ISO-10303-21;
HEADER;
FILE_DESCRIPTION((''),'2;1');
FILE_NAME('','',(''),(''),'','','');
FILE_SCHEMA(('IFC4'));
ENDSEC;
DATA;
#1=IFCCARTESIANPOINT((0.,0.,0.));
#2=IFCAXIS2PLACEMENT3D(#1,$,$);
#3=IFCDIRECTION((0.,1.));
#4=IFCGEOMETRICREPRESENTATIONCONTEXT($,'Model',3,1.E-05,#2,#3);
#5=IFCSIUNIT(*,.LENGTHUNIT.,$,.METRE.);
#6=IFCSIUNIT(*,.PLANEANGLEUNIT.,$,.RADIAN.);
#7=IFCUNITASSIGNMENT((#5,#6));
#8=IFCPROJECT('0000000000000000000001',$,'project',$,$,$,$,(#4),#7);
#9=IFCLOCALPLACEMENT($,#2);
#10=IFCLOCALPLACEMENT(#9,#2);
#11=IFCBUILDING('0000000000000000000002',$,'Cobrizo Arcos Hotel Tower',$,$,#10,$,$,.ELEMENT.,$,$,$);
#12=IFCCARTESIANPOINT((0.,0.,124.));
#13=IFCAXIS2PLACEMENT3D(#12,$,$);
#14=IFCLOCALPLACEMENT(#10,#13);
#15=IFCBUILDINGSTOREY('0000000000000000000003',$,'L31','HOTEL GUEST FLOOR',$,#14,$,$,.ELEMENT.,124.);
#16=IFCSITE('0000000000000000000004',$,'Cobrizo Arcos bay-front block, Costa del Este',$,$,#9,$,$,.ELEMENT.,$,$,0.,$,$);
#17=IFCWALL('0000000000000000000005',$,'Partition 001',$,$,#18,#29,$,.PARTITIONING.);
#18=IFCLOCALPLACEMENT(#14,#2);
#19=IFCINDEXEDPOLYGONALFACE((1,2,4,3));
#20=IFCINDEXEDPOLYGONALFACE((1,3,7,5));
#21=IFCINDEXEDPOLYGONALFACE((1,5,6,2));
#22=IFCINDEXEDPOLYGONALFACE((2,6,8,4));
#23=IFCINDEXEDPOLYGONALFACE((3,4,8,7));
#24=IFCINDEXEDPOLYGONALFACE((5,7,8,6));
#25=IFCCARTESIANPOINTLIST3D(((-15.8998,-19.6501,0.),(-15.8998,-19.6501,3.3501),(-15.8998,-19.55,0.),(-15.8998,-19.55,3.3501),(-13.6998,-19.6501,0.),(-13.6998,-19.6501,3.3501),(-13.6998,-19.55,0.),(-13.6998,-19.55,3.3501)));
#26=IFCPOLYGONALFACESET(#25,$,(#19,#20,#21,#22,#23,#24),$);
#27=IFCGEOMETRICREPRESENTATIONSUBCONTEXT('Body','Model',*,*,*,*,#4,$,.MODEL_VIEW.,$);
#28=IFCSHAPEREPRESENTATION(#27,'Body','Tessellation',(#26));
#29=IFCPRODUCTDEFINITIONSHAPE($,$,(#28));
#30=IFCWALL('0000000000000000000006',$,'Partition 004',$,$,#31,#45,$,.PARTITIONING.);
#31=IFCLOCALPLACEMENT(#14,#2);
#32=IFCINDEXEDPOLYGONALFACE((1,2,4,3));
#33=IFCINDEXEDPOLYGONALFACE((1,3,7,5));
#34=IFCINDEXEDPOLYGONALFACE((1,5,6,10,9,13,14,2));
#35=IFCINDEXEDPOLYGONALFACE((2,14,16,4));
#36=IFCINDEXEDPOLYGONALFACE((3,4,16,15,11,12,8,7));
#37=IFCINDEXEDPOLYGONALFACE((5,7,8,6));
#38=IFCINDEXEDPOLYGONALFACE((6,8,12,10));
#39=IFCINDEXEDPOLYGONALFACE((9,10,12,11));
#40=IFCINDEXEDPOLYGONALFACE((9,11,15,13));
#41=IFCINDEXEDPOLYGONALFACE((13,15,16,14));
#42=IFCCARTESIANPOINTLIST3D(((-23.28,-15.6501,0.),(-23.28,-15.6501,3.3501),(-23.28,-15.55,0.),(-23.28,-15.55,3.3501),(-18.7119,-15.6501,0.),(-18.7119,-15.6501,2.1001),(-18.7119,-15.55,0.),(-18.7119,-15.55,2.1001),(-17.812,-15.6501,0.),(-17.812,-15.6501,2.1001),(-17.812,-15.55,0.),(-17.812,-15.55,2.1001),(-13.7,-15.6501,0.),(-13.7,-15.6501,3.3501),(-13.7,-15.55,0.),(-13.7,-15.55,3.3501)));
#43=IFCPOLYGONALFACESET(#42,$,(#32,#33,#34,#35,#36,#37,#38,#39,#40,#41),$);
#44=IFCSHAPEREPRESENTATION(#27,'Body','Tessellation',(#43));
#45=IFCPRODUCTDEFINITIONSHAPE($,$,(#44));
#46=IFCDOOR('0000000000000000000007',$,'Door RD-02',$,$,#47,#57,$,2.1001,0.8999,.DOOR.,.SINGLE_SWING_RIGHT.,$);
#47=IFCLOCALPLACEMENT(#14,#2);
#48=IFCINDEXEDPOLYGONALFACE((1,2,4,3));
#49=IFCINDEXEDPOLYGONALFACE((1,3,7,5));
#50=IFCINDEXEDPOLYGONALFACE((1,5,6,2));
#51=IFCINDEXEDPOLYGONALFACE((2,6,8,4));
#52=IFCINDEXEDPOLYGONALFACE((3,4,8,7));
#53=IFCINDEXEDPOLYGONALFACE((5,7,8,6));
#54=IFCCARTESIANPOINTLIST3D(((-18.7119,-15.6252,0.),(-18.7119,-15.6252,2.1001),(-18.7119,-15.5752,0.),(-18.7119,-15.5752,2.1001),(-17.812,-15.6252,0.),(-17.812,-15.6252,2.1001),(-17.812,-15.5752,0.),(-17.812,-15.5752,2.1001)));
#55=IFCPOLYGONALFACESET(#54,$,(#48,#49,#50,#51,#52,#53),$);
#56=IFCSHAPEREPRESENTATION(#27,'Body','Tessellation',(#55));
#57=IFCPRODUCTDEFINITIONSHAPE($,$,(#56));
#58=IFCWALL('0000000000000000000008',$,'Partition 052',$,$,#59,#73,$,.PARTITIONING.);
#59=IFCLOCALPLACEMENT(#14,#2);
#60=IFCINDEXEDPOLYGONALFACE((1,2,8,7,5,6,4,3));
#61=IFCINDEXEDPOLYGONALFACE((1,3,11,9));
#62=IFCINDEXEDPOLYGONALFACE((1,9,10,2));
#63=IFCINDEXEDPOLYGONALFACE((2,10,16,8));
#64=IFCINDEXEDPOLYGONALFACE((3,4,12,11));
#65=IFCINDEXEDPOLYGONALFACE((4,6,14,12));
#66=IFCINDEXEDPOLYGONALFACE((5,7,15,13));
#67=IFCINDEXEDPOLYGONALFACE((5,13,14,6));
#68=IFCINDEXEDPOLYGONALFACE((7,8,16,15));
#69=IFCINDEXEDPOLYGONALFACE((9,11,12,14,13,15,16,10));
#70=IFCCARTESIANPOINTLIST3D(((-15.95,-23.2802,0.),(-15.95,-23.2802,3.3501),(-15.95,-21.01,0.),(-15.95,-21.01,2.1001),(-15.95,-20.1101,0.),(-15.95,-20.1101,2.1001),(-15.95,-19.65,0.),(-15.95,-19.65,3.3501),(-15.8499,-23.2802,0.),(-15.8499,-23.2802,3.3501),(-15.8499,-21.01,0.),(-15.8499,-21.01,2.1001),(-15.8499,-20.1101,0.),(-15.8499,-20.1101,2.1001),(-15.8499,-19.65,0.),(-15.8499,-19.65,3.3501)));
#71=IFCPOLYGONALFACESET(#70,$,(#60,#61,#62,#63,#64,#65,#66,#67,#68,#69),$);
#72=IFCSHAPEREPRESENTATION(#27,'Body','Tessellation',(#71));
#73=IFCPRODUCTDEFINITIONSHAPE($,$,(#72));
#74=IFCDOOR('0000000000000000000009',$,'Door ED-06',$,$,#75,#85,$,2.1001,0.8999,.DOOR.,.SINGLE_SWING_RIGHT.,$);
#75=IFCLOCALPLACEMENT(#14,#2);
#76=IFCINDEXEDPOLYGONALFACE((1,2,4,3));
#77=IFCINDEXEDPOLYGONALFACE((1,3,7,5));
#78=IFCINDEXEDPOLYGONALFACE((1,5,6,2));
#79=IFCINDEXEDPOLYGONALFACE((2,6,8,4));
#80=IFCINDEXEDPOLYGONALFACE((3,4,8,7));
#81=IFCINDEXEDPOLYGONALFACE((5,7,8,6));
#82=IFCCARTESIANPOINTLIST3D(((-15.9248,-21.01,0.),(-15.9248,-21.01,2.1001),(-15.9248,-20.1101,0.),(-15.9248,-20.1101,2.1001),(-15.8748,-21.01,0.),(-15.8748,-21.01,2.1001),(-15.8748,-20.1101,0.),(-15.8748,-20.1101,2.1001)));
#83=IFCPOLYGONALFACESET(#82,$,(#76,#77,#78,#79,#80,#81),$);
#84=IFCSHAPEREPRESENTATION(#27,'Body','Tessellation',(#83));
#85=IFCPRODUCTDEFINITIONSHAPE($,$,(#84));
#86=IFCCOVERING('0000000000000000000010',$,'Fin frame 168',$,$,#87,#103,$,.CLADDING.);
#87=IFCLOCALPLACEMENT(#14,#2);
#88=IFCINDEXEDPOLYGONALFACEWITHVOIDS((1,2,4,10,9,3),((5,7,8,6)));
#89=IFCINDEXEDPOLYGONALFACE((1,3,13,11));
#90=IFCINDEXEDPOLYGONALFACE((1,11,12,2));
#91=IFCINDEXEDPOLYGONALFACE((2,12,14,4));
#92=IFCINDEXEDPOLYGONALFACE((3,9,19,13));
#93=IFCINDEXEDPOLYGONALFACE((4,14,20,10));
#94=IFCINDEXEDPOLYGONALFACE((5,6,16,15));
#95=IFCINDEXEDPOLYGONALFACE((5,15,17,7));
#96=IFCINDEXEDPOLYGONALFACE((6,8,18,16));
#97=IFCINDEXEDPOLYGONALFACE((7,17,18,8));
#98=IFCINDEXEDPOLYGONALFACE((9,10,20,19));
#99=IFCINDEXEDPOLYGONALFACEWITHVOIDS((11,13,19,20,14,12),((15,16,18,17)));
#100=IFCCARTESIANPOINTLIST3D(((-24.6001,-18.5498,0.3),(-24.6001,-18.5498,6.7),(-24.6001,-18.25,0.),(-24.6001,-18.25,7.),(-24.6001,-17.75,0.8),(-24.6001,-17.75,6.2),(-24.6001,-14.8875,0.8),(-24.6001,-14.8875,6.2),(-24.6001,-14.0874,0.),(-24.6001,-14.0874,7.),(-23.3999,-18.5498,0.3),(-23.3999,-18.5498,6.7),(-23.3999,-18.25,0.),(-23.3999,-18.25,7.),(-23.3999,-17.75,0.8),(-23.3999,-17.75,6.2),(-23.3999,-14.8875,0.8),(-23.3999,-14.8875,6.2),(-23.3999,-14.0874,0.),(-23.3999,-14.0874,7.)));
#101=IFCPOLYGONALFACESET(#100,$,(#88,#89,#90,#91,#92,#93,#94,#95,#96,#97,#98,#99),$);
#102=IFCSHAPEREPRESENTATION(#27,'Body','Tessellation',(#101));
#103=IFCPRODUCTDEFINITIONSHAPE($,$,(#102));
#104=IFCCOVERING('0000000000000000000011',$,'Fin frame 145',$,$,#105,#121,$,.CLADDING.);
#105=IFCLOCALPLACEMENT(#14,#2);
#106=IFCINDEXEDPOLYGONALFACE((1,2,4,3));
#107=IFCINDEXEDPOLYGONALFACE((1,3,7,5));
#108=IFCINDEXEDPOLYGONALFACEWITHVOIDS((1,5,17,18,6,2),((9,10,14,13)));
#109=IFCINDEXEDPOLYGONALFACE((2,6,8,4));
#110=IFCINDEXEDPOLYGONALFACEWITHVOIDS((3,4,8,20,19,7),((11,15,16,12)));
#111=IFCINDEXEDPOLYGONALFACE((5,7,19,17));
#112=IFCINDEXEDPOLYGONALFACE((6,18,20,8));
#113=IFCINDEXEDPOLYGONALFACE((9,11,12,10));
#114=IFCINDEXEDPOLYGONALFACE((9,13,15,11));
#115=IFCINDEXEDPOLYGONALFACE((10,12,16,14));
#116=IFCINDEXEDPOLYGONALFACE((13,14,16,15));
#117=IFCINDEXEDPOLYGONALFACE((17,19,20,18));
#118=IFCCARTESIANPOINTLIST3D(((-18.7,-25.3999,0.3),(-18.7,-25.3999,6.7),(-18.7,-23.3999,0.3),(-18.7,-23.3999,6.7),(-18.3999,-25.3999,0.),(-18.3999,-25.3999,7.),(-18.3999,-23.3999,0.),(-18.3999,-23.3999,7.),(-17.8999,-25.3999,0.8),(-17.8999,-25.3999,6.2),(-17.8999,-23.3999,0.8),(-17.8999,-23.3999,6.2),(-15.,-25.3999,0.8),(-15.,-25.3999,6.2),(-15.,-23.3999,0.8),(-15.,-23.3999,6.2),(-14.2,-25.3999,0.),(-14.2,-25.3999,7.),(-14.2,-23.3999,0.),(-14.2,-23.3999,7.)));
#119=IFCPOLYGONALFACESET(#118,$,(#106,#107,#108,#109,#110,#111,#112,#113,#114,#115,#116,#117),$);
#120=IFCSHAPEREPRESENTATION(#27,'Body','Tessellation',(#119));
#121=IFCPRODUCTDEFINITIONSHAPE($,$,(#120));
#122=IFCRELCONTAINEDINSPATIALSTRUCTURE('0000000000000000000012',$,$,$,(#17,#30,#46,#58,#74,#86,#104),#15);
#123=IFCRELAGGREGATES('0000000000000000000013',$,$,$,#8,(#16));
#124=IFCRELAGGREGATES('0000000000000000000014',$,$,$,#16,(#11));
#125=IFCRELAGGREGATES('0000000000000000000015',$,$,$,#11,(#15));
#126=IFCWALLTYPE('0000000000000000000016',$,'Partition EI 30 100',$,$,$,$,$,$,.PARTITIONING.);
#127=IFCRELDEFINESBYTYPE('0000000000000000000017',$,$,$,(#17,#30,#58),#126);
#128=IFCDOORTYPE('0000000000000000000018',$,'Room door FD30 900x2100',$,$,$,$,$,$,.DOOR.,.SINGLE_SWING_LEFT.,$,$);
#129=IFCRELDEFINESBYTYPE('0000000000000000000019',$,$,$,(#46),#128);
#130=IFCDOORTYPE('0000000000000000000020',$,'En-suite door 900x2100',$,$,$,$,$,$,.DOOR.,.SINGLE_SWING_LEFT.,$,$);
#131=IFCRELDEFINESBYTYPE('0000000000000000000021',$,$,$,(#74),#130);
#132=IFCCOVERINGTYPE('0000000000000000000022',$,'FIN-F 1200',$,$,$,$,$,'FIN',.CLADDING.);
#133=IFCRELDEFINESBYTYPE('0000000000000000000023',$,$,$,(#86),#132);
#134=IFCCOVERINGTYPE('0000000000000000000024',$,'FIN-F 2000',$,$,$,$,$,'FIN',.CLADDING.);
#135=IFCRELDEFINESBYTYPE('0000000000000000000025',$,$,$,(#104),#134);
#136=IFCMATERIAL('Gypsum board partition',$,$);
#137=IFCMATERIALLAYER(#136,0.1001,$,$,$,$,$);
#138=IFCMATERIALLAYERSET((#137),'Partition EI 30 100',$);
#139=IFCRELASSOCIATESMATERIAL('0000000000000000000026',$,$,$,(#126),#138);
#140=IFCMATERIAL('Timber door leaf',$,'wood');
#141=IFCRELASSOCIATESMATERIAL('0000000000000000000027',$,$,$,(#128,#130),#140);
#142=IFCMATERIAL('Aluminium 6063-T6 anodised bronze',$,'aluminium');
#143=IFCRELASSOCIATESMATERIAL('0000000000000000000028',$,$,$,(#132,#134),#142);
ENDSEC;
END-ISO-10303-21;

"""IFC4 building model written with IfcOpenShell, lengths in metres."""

from ifc_helpers import new_model, si_unit, direction, frame, frame_2d, origin, place, context, subcontext, project, spatial, polyline, rectangle, outline, extrude, material, layer, layer_set, type_object, element, fill, save


model = new_model("IFC4")

# Units and contexts
model_context = context("Model", 3, precision=1e-05, world=origin(), true_north=direction((0.0, 1.0)))
body_context = subcontext(model_context, "Body", "Model", "MODEL_VIEW")
ifc_project = project(units=[si_unit("LENGTHUNIT", "METRE"), si_unit("PLANEANGLEUNIT", "RADIAN")], contexts=[model_context])

# Site, building, storey
site_placement = place(None, origin())
site = spatial("IfcSite", under=ifc_project, at=site_placement, Name="Cobrizo Arcos bay-front block, Costa del Este", CompositionType="ELEMENT", RefElevation=0.0)
building_placement = place(site_placement, origin())
building = spatial("IfcBuilding", under=site, at=building_placement, Name="Cobrizo Arcos Hotel Tower", CompositionType="ELEMENT")
storey_placement = place(building_placement, frame((0.0, 0.0, 124.0)))
storey = spatial("IfcBuildingStorey", under=building, at=storey_placement, Name="L31", Description="HOTEL GUEST FLOOR", CompositionType="ELEMENT", Elevation=124.0)

# Shared definitions
ifc_material_1 = material(Name="Aluminium 6063-T6 anodised bronze", Category="aluminium")

# Shared definitions
ifc_material_2 = material(Name="Gypsum board partition")
ifc_material_3 = material(Name="Timber door leaf", Category="wood")

# Wall
ifc_layer_1 = layer(ifc_material_2, 0.1001)
ifc_layer_set_1 = layer_set([ifc_layer_1], Name="Partition EI 30 100")
wall_type_1 = type_object("IfcWallType", Name="Partition EI 30 100", PredefinedType="PARTITIONING", material=ifc_layer_set_1)
wall_1_placement = place(storey_placement, frame((-15.8999, -19.6001, 0.0), z_axis=(0.0, 0.0, 1.0), x_axis=(1.0, 0.0, 0.0)))
element("IfcWall", 1, at=wall_1_placement, inside=storey, type_object=wall_type_1, Name="Partition 001", PredefinedType="PARTITIONING", context=body_context, shape_type="SweptSolid", body=[
    extrude(rectangle(XDim=2.2, YDim=0.1001, at=frame_2d((1.1001, 0.0))), origin(), (0.0, 0.0, 1.0), 3.3501),
])

# Walls, openings, doors
wall_2_placement = place(storey_placement, frame((-23.28, -15.6001, 0.0), z_axis=(0.0, 0.0, 1.0), x_axis=(1.0, 0.0, 0.0)))
wall_2 = element("IfcWall", 2, at=wall_2_placement, inside=storey, type_object=wall_type_1, Name="Partition 004", PredefinedType="PARTITIONING", context=body_context, shape_type="SweptSolid", body=[
    extrude(rectangle(XDim=9.5801, YDim=0.1001, at=frame_2d((4.79, 0.0))), origin(), (0.0, 0.0, 1.0), 3.3501),
])
opening_1_placement = place(wall_2_placement, frame((4.5681, 0.0, 0.0)))
opening_1 = element("IfcOpeningElement", 3, at=opening_1_placement, cuts=wall_2, PredefinedType="OPENING", context=body_context, shape_type="SweptSolid", body=[
    extrude(rectangle(XDim=0.8999, YDim=2.1001, at=frame_2d((0.45, 1.05))), frame((0.0, 0.062, 0.0), z_axis=(0.0, -1.0, 0.0), x_axis=(1.0, 0.0, 0.0)), (0.0, 0.0, 1.0), 0.124),
])
door_type_1 = type_object("IfcDoorType", Name="Room door FD30 900x2100", OperationType="SINGLE_SWING_LEFT", PredefinedType="DOOR", material=ifc_material_3)
door_1_placement = place(opening_1_placement, origin())
door_1 = element("IfcDoor", 4, at=door_1_placement, inside=storey, type_object=door_type_1, Name="Door RD-02", OperationType="SINGLE_SWING_RIGHT", OverallHeight=2.1001, OverallWidth=0.8999, PredefinedType="DOOR", context=body_context, shape_type="SweptSolid", body=[
    extrude(rectangle(XDim=0.8999, YDim=2.1001, at=frame_2d((0.45, 1.05))), frame((0.0, 0.0249, 0.0), z_axis=(0.0, -1.0, 0.0), x_axis=(1.0, 0.0, 0.0)), (0.0, 0.0, 1.0), 0.05),
])
fill(opening_1, door_1)
wall_3_placement = place(storey_placement, frame((-15.8999, -23.28, 0.0), z_axis=(0.0, 0.0, 1.0), x_axis=(0.0, 1.0, 0.0)))
wall_3 = element("IfcWall", 5, at=wall_3_placement, inside=storey, type_object=wall_type_1, Name="Partition 052", PredefinedType="PARTITIONING", context=body_context, shape_type="SweptSolid", body=[
    extrude(rectangle(XDim=3.6301, YDim=0.1001, at=frame_2d((1.8149, 0.0))), origin(), (0.0, 0.0, 1.0), 3.3501),
])
opening_2_placement = place(wall_3_placement, frame((2.27, 0.0, 0.0)))
opening_2 = element("IfcOpeningElement", 6, at=opening_2_placement, cuts=wall_3, PredefinedType="OPENING", context=body_context, shape_type="SweptSolid", body=[
    extrude(rectangle(XDim=0.8999, YDim=2.1001, at=frame_2d((0.45, 1.05))), frame((0.0, 0.062, 0.0), z_axis=(0.0, -1.0, 0.0), x_axis=(1.0, 0.0, 0.0)), (0.0, 0.0, 1.0), 0.124),
])
door_type_2 = type_object("IfcDoorType", Name="En-suite door 900x2100", OperationType="SINGLE_SWING_LEFT", PredefinedType="DOOR", material=ifc_material_3)
door_2_placement = place(opening_2_placement, origin())
door_2 = element("IfcDoor", 7, at=door_2_placement, inside=storey, type_object=door_type_2, Name="Door ED-06", OperationType="SINGLE_SWING_RIGHT", OverallHeight=2.1001, OverallWidth=0.8999, PredefinedType="DOOR", context=body_context, shape_type="SweptSolid", body=[
    extrude(rectangle(XDim=0.8999, YDim=2.1001, at=frame_2d((0.45, 1.05))), frame((0.0, 0.0249, 0.0), z_axis=(0.0, -1.0, 0.0), x_axis=(1.0, 0.0, 0.0)), (0.0, 0.0, 1.0), 0.05),
])
fill(opening_2, door_2)

# Coverings
covering_type_1 = type_object("IfcCoveringType", Name="FIN-F 1200", ElementType="FIN", PredefinedType="CLADDING", material=ifc_material_1)
covering_1_placement = place(storey_placement, frame((-23.3999, -14.0874, 0.0), z_axis=(-1.0, 0.0, 0.0), x_axis=(0.0, -1.0, 0.0)))
element("IfcCovering", 8, at=covering_1_placement, inside=storey, type_object=covering_type_1, Name="Fin frame 168", PredefinedType="CLADDING", context=body_context, shape_type="SweptSolid", body=[
    extrude(outline(polyline([(0.0, 7.0), (0.0, 0.0), (4.1626, 0.0), (4.4624, 0.3), (4.4624, 6.7), (4.1626, 7.0), (0.0, 7.0)]), holes=[polyline([(3.6626, 0.8), (0.8, 0.8), (0.8, 6.2), (3.6626, 6.2), (3.6626, 0.8)])]), origin(), (0.0, 0.0, 1.0), 1.2002),
])
covering_type_2 = type_object("IfcCoveringType", Name="FIN-F 2000", ElementType="FIN", PredefinedType="CLADDING", material=ifc_material_1)
covering_2_placement = place(storey_placement, frame((-18.7, -23.3999, 0.0), z_axis=(0.0, -1.0, 0.0), x_axis=(1.0, 0.0, 0.0)))
element("IfcCovering", 9, at=covering_2_placement, inside=storey, type_object=covering_type_2, Name="Fin frame 145", PredefinedType="CLADDING", context=body_context, shape_type="SweptSolid", body=[
    extrude(outline(polyline([(0.0, 0.3), (0.3, 0.0), (4.5, 0.0), (4.5, 7.0), (0.3, 7.0), (0.0, 6.7), (0.0, 0.3)]), holes=[polyline([(3.7, 0.8), (0.8, 0.8), (0.8, 6.2), (3.7, 6.2), (3.7, 0.8)])]), origin(), (0.0, 0.0, 1.0), 2.0),
])

save(model, "model.ifc")
